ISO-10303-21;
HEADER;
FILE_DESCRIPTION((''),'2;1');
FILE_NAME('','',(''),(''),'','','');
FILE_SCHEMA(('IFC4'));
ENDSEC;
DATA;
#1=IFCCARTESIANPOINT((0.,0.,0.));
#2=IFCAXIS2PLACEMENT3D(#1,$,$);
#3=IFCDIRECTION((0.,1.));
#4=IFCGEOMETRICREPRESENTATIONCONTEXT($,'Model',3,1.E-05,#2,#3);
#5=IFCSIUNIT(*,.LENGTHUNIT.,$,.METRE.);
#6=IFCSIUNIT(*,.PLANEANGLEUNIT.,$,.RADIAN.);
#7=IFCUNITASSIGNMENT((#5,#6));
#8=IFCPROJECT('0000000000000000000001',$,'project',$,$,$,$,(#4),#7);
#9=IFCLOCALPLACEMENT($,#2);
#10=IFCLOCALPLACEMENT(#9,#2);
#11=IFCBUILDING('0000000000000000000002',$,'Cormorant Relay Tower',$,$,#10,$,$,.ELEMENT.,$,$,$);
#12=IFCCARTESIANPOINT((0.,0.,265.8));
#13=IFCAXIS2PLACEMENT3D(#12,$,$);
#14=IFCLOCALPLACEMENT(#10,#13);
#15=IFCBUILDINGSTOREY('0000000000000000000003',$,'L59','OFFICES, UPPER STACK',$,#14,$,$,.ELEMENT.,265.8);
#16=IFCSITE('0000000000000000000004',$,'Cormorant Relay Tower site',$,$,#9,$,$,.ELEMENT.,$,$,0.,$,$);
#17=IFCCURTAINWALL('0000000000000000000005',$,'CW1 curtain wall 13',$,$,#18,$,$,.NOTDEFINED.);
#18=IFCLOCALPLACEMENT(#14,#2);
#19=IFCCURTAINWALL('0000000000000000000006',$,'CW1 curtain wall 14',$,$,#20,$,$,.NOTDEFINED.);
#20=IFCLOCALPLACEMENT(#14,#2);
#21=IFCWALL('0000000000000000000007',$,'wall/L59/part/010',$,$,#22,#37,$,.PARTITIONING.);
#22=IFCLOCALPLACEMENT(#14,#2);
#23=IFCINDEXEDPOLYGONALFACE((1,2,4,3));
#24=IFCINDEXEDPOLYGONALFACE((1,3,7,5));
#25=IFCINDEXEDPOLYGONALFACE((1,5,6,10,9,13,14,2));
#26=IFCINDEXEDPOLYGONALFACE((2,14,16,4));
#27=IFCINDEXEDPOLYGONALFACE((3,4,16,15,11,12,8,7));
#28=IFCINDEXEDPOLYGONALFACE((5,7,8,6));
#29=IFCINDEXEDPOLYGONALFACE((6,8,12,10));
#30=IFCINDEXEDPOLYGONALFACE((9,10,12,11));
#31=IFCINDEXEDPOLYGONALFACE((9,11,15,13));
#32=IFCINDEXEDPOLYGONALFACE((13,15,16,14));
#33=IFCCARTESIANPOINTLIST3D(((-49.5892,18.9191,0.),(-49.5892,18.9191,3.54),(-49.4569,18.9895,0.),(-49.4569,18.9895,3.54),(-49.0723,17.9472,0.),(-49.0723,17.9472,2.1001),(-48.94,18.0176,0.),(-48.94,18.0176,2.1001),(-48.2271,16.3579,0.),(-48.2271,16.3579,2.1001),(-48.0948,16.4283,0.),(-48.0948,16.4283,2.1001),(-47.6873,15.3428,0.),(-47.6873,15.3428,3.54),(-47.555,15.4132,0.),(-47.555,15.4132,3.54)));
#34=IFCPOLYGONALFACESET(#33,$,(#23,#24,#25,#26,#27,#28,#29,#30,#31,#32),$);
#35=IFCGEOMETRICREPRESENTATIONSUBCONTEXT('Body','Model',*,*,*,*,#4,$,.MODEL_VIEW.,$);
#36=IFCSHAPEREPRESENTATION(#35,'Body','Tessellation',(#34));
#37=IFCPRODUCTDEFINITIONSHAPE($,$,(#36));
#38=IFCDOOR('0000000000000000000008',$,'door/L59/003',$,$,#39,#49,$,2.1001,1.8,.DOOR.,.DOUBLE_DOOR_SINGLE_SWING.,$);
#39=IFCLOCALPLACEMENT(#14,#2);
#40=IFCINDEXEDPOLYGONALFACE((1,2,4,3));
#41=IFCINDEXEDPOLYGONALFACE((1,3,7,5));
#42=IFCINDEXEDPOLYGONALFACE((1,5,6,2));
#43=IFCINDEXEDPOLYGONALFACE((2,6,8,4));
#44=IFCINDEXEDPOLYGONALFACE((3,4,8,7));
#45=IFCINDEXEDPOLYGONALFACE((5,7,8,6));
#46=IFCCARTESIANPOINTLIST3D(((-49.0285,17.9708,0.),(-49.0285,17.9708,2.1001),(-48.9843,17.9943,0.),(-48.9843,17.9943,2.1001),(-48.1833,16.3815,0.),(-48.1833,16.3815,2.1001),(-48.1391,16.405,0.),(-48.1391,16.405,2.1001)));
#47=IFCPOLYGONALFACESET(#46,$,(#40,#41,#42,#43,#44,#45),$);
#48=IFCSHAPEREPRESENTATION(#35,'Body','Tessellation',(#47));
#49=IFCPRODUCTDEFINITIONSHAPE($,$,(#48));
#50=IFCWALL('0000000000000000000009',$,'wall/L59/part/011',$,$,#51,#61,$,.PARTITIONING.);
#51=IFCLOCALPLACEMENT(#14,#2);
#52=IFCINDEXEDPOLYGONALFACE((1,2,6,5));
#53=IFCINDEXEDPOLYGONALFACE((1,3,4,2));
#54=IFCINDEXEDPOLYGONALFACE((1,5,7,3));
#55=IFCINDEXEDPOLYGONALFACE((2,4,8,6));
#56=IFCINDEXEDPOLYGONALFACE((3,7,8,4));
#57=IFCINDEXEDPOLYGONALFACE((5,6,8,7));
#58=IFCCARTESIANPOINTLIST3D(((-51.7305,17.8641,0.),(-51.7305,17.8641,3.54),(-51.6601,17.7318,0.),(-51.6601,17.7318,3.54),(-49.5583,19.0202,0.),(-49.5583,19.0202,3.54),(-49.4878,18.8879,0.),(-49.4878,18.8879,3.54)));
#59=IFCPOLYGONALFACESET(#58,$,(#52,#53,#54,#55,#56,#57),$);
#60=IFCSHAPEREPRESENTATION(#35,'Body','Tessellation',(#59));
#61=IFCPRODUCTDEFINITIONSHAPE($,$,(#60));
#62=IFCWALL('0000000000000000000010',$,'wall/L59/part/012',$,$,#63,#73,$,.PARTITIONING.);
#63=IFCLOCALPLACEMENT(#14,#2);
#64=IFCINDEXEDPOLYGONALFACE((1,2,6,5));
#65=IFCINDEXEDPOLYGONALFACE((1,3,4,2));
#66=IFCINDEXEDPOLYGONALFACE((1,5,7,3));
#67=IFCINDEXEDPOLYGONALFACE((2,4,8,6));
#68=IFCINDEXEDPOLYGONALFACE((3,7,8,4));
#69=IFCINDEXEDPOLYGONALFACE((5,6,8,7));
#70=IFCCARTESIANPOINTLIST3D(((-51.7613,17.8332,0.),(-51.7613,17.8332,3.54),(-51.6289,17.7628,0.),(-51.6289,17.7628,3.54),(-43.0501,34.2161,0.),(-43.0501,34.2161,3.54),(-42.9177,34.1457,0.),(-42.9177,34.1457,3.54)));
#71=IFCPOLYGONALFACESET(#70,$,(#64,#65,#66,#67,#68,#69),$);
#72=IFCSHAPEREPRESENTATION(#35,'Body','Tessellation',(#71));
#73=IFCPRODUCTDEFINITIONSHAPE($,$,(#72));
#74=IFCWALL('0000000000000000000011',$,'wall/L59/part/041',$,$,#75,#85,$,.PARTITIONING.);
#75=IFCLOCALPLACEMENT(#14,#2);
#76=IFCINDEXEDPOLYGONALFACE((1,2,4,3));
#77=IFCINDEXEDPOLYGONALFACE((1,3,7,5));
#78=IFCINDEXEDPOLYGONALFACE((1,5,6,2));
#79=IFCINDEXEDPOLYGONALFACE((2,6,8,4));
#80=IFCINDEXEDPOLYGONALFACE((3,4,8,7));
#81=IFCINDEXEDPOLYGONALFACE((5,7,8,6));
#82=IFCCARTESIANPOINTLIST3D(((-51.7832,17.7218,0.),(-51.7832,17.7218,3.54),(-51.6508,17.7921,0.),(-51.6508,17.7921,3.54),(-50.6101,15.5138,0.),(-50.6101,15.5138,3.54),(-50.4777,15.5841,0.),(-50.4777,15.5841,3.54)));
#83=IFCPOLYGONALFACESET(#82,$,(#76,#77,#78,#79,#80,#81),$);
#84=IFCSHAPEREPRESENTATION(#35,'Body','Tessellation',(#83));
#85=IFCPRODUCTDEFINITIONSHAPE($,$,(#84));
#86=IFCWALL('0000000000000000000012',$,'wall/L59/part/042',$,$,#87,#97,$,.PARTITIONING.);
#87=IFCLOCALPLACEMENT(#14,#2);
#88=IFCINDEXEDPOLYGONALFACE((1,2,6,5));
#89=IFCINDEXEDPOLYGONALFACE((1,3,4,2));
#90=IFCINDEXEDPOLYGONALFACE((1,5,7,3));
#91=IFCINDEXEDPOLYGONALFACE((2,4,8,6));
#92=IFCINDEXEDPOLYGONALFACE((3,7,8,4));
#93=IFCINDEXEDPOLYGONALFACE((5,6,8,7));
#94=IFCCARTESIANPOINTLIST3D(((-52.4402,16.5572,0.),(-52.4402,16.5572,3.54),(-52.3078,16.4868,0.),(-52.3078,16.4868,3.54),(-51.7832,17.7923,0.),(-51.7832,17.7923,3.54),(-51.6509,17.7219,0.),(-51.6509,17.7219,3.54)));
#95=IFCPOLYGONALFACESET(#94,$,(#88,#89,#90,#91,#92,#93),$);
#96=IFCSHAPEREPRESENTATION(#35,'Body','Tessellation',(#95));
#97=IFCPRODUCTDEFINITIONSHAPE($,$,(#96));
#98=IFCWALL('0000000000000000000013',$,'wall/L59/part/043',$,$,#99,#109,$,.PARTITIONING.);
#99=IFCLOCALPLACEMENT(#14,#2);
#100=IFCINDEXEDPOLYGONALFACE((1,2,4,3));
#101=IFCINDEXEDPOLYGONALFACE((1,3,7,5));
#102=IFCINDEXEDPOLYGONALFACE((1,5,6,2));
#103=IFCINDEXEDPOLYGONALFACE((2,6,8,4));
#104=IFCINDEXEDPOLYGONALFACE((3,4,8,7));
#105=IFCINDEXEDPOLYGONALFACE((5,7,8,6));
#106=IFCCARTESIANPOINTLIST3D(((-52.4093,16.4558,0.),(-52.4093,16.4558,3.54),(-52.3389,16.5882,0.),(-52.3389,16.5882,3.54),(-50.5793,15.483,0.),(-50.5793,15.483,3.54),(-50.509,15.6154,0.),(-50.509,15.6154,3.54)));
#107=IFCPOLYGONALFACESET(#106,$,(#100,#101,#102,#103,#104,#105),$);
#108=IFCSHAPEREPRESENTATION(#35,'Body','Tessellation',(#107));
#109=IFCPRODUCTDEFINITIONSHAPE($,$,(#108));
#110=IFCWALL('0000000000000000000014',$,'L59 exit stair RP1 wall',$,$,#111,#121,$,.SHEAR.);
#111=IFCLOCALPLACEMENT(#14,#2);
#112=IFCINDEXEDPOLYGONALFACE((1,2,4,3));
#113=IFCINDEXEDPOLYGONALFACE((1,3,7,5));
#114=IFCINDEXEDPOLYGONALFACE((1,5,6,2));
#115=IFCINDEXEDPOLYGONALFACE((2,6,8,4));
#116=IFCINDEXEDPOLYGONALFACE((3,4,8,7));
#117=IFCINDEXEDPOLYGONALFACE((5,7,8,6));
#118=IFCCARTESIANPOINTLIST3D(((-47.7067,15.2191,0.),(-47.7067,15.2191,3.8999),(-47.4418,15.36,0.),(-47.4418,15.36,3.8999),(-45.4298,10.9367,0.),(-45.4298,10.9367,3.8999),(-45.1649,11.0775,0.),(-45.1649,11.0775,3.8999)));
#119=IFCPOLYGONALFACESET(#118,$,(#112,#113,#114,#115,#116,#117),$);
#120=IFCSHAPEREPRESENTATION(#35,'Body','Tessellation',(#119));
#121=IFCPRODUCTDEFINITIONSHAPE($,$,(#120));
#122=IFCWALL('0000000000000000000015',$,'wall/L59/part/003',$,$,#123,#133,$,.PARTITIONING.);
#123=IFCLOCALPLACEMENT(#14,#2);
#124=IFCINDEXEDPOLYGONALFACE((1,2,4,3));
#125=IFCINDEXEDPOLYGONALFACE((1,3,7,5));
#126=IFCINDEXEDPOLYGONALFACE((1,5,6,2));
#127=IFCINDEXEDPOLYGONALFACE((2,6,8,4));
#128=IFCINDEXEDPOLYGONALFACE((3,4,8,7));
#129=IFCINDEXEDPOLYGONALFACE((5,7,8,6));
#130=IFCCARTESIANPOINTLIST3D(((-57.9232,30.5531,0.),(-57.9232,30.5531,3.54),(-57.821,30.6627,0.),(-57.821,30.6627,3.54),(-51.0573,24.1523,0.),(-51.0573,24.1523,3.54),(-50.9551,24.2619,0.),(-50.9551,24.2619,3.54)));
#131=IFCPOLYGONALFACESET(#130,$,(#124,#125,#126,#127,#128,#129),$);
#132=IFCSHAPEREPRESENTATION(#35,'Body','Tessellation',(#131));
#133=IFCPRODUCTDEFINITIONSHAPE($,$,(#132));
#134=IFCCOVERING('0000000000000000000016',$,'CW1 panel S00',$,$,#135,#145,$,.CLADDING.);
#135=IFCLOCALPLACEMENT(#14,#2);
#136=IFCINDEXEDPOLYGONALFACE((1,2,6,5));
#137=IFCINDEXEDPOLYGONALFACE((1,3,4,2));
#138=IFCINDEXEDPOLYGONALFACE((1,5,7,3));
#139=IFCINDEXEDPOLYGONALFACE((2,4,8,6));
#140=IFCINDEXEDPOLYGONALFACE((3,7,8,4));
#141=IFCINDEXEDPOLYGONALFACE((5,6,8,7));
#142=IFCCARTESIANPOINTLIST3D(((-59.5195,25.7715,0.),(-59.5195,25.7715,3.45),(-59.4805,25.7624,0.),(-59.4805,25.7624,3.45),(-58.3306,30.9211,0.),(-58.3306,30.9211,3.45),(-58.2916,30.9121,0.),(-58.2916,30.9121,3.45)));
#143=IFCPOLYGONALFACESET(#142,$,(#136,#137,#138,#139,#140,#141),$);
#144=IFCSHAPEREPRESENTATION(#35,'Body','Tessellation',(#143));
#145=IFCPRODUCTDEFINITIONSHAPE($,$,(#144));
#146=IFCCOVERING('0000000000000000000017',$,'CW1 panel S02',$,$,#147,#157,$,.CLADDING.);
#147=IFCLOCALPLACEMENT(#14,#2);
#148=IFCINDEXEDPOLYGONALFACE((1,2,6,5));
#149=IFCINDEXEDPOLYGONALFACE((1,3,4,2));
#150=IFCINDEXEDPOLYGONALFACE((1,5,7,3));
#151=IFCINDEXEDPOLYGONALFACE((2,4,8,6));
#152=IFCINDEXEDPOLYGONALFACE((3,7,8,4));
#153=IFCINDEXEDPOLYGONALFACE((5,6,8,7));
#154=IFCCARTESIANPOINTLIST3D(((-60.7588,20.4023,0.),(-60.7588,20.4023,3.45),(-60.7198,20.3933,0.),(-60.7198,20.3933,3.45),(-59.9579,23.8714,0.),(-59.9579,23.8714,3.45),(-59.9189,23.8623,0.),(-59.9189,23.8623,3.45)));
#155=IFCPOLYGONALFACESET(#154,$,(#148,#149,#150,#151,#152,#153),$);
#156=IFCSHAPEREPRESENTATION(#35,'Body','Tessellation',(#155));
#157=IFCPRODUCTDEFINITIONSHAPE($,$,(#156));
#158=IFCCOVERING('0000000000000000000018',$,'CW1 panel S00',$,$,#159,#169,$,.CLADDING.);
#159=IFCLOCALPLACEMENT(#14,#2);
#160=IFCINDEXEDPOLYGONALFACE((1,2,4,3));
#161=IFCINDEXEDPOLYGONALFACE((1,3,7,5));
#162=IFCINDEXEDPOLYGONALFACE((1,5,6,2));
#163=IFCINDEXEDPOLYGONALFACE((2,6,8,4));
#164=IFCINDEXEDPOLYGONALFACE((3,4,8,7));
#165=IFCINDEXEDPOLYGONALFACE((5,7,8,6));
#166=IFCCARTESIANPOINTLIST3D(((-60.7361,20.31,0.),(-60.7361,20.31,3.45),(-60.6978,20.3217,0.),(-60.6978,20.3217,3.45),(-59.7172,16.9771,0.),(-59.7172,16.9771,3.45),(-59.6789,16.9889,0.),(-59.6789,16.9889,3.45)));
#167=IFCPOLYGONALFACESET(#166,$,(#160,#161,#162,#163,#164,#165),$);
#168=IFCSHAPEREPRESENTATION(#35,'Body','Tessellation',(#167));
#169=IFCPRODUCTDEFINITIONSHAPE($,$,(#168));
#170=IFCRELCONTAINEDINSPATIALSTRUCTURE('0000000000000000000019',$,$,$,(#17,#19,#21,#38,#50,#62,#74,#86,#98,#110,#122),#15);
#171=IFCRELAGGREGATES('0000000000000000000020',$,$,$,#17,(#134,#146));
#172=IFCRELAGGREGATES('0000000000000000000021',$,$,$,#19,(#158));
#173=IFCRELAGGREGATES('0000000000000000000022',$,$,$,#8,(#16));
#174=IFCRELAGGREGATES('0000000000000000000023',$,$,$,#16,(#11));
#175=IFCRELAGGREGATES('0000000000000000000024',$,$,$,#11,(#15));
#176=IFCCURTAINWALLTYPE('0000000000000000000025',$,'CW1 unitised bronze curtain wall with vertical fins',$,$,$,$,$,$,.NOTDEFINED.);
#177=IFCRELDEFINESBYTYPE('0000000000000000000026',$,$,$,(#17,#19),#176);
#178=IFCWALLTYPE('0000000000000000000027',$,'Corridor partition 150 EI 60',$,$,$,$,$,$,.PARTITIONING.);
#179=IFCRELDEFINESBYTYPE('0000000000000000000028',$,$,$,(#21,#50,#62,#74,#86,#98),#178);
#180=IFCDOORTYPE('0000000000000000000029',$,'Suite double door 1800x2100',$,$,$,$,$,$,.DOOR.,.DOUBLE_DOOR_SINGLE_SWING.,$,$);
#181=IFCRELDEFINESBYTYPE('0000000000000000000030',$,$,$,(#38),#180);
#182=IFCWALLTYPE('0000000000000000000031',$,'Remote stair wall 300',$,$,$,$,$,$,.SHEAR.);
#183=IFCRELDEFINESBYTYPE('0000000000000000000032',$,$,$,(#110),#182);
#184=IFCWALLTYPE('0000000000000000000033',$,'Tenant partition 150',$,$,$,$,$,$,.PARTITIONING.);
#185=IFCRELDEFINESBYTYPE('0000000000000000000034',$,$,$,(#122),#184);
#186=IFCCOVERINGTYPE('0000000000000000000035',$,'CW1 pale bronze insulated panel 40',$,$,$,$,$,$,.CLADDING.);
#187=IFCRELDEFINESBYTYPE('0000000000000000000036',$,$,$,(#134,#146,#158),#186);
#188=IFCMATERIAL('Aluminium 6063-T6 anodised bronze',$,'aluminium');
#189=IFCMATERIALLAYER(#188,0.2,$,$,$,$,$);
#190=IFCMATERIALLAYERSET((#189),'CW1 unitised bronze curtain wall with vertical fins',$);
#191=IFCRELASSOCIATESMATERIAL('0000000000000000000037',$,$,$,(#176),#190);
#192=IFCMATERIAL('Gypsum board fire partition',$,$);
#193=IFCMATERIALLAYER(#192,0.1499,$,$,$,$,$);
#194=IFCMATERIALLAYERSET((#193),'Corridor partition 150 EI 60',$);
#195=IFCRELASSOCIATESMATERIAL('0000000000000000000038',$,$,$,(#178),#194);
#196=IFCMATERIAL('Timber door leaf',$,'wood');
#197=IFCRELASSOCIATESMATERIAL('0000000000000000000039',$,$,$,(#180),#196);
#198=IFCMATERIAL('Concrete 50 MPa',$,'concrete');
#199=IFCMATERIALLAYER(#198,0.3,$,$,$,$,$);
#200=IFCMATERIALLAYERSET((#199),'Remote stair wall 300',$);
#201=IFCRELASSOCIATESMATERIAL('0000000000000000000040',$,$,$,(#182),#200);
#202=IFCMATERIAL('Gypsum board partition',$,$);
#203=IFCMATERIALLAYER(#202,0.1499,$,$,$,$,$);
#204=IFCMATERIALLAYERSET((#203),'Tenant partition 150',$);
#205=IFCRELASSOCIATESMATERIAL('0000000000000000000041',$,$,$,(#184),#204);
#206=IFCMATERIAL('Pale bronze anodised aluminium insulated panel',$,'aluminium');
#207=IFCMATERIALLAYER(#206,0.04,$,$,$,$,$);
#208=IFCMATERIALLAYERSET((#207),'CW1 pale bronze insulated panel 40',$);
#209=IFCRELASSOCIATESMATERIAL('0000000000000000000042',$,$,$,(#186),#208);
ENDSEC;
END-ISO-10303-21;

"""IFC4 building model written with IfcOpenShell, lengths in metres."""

from ifc_helpers import new_model, si_unit, direction, frame, frame_2d, origin, origin_2d, place, context, subcontext, project, spatial, rectangle, extrude, material, layer, layer_set, type_object, element, fill, aggregate, save


model = new_model("IFC4")

# Units and contexts
model_context = context("Model", 3, precision=1e-05, world=origin(), true_north=direction((0.0, 1.0)))
body_context = subcontext(model_context, "Body", "Model", "MODEL_VIEW")
ifc_project = project(units=[si_unit("LENGTHUNIT", "METRE"), si_unit("PLANEANGLEUNIT", "RADIAN")], contexts=[model_context])

# Site, building, storey
site_placement = place(None, origin())
site = spatial("IfcSite", under=ifc_project, at=site_placement, Name="Cormorant Relay Tower site", CompositionType="ELEMENT", RefElevation=0.0)
building_placement = place(site_placement, origin())
building = spatial("IfcBuilding", under=site, at=building_placement, Name="Cormorant Relay Tower", CompositionType="ELEMENT")
storey_placement = place(building_placement, frame((0.0, 0.0, 265.8)))
storey = spatial("IfcBuildingStorey", under=building, at=storey_placement, Name="L59", Description="OFFICES, UPPER STACK", CompositionType="ELEMENT", Elevation=265.8)

# Curtain wall
ifc_material_1 = material(Name="Aluminium 6063-T6 anodised bronze", Category="aluminium")
ifc_layer_1 = layer(ifc_material_1, 0.2)
ifc_layer_set_1 = layer_set([ifc_layer_1], Name="CW1 unitised bronze curtain wall with vertical fins")
curtain_wall_type = type_object("IfcCurtainWallType", Name="CW1 unitised bronze curtain wall with vertical fins", PredefinedType="NOTDEFINED", material=ifc_layer_set_1)
curtain_wall_1_placement = place(storey_placement, origin())
curtain_wall_1 = element("IfcCurtainWall", 1, at=curtain_wall_1_placement, inside=storey, type_object=curtain_wall_type, Name="CW1 curtain wall 13", PredefinedType="NOTDEFINED")

# Curtain wall
curtain_wall_2_placement = place(storey_placement, origin())
curtain_wall_2 = element("IfcCurtainWall", 2, at=curtain_wall_2_placement, inside=storey, type_object=curtain_wall_type, Name="CW1 curtain wall 14", PredefinedType="NOTDEFINED")

# Shared definitions
ifc_material_2 = material(Name="Gypsum board fire partition")
ifc_layer_2 = layer(ifc_material_2, 0.1499)
ifc_layer_set_2 = layer_set([ifc_layer_2], Name="Corridor partition 150 EI 60")
wall_type_1 = type_object("IfcWallType", Name="Corridor partition 150 EI 60", PredefinedType="PARTITIONING", material=ifc_layer_set_2)

# Wall, opening, door
wall_1_placement = place(storey_placement, frame((-47.6211, 15.3779, 0.0), z_axis=(0.0, 0.0, 1.0), x_axis=(-0.469543, 0.88291, 0.0)))
wall_1 = element("IfcWall", 3, at=wall_1_placement, inside=storey, type_object=wall_type_1, Name="wall/L59/part/010", PredefinedType="PARTITIONING", context=body_context, shape_type="SweptSolid", body=[
    extrude(rectangle(XDim=4.0505, YDim=0.1499, at=frame_2d((2.0254, 0.0))), origin(), (0.0, 0.0, 1.0), 3.54),
])
opening_1_placement = place(wall_1_placement, frame((1.1499, 0.0, 0.0)))
opening_1 = element("IfcOpeningElement", 4, at=opening_1_placement, cuts=wall_1, PredefinedType="OPENING", context=body_context, shape_type="SweptSolid", body=[
    extrude(rectangle(XDim=1.8, YDim=2.1001, at=frame_2d((0.8999, 1.05))), frame((0.0, 0.085, 0.0), z_axis=(0.0, -1.0, 0.0), x_axis=(1.0, 0.0, 0.0)), (0.0, 0.0, 1.0), 0.1699),
])
ifc_material_3 = material(Name="Timber door leaf", Category="wood")
door_type_1 = type_object("IfcDoorType", Name="Suite double door 1800x2100", OperationType="DOUBLE_DOOR_SINGLE_SWING", PredefinedType="DOOR", material=ifc_material_3)
door_1_placement = place(opening_1_placement, frame((1.8, 0.0, 0.0), z_axis=(0.0, 0.0, 1.0), x_axis=(-1.0, 0.0, 0.0)))
door_1 = element("IfcDoor", 5, at=door_1_placement, inside=storey, type_object=door_type_1, Name="door/L59/003", OperationType="DOUBLE_DOOR_SINGLE_SWING", OverallHeight=2.1001, OverallWidth=1.8, PredefinedType="DOOR", context=body_context, shape_type="SweptSolid", body=[
    extrude(rectangle(XDim=1.8, YDim=2.1001, at=frame_2d((0.8999, 1.05))), frame((0.0, 0.0249, 0.0), z_axis=(0.0, -1.0, 0.0), x_axis=(1.0, 0.0, 0.0)), (0.0, 0.0, 1.0), 0.05),
])
fill(opening_1, door_1)

# Walls
wall_2_placement = place(storey_placement, frame((-49.5229, 18.9541, 0.0), z_axis=(0.0, 0.0, 1.0), x_axis=(-0.882767, -0.46981, 0.0)))
element("IfcWall", 6, at=wall_2_placement, inside=storey, type_object=wall_type_1, Name="wall/L59/part/011", PredefinedType="PARTITIONING", context=body_context, shape_type="SweptSolid", body=[
    extrude(rectangle(XDim=2.4607, YDim=0.1499, at=frame_2d((1.2305, 0.0))), origin(), (0.0, 0.0, 1.0), 3.54),
])
wall_3_placement = place(storey_placement, frame((-51.6951, 17.7981, 0.0), z_axis=(0.0, 0.0, 1.0), x_axis=(0.469484, 0.882941, 0.0)))
element("IfcWall", 7, at=wall_3_placement, inside=storey, type_object=wall_type_1, Name="wall/L59/part/012", PredefinedType="PARTITIONING", context=body_context, shape_type="SweptSolid", body=[
    extrude(rectangle(XDim=18.5549, YDim=0.1499, at=frame_2d((9.2773, 0.0))), origin(), (0.0, 0.0, 1.0), 3.54),
])
wall_4_placement = place(storey_placement, frame((-50.5439, 15.5491, 0.0), z_axis=(0.0, 0.0, 1.0), x_axis=(-0.469184, 0.883101, 0.0)))
element("IfcWall", 8, at=wall_4_placement, inside=storey, type_object=wall_type_1, Name="wall/L59/part/041", PredefinedType="PARTITIONING", context=body_context, shape_type="SweptSolid", body=[
    extrude(rectangle(XDim=2.5002, YDim=0.1499, at=frame_2d((1.25, 0.0))), origin(), (0.0, 0.0, 1.0), 3.54),
])
wall_5_placement = place(storey_placement, frame((-51.717, 17.7571, 0.0), z_axis=(0.0, 0.0, 1.0), x_axis=(-0.469619, -0.882869, 0.0)))
element("IfcWall", 9, at=wall_5_placement, inside=storey, type_object=wall_type_1, Name="wall/L59/part/042", PredefinedType="PARTITIONING", context=body_context, shape_type="SweptSolid", body=[
    extrude(rectangle(XDim=1.3989, YDim=0.1499, at=frame_2d((0.6995, 0.0))), origin(), (0.0, 0.0, 1.0), 3.54),
])
wall_6_placement = place(storey_placement, frame((-52.374, 16.522, 0.0), z_axis=(0.0, 0.0, 1.0), x_axis=(0.882981, -0.469408, 0.0)))
element("IfcWall", 10, at=wall_6_placement, inside=storey, type_object=wall_type_1, Name="wall/L59/part/043", PredefinedType="PARTITIONING", context=body_context, shape_type="SweptSolid", body=[
    extrude(rectangle(XDim=2.0725, YDim=0.1499, at=frame_2d((1.0361, 0.0))), origin(), (0.0, 0.0, 1.0), 3.54),
])
ifc_material_4 = material(Name="Concrete 50 MPa", Category="concrete")
ifc_layer_3 = layer(ifc_material_4, 0.3)
ifc_layer_set_3 = layer_set([ifc_layer_3], Name="Remote stair wall 300")
wall_type_2 = type_object("IfcWallType", Name="Remote stair wall 300", PredefinedType="SHEAR", material=ifc_layer_set_3)
wall_7_placement = place(storey_placement, frame((-47.5742, 15.2896, 0.0), z_axis=(0.0, 0.0, 1.0), x_axis=(0.469443, -0.882963, 0.0)))
element("IfcWall", 11, at=wall_7_placement, inside=storey, type_object=wall_type_2, Name="L59 exit stair RP1 wall", PredefinedType="SHEAR", context=body_context, shape_type="SweptSolid", body=[
    extrude(rectangle(XDim=4.8501, YDim=0.3, at=frame_2d((2.425, 0.0))), origin(), (0.0, 0.0, 1.0), 3.8999),
])
ifc_material_5 = material(Name="Gypsum board partition")
ifc_layer_4 = layer(ifc_material_5, 0.1499)
ifc_layer_set_4 = layer_set([ifc_layer_4], Name="Tenant partition 150")
wall_type_3 = type_object("IfcWallType", Name="Tenant partition 150", PredefinedType="PARTITIONING", material=ifc_layer_set_4)
wall_8_placement = place(storey_placement, frame((-57.8721, 30.6079, 0.0), z_axis=(0.0, 0.0, 1.0), x_axis=(0.731446, -0.681899, 0.0)))
element("IfcWall", 12, at=wall_8_placement, inside=storey, type_object=wall_type_3, Name="wall/L59/part/003", PredefinedType="PARTITIONING", context=body_context, shape_type="SweptSolid", body=[
    extrude(rectangle(XDim=9.3867, YDim=0.1499, at=frame_2d((4.6934, 0.0))), origin(), (0.0, 0.0, 1.0), 3.54),
])

# Coverings
ifc_material_6 = material(Name="Pale bronze anodised aluminium insulated panel", Category="aluminium")
ifc_layer_5 = layer(ifc_material_6, 0.04)
ifc_layer_set_5 = layer_set([ifc_layer_5], Name="CW1 pale bronze insulated panel 40")
covering_type = type_object("IfcCoveringType", Name="CW1 pale bronze insulated panel 40", PredefinedType="CLADDING", material=ifc_layer_set_5)
covering_1_placement = place(storey_placement, frame((-58.9055, 28.3418, 0.0), z_axis=(0.0, 0.0, 1.0), x_axis=(-0.224951, -0.97437, 0.0)))
covering_1 = element("IfcCovering", 13, at=covering_1_placement, type_object=covering_type, Name="CW1 panel S00", PredefinedType="CLADDING", context=body_context, shape_type="SweptSolid", body=[
    extrude(rectangle(XDim=5.2852, YDim=0.04, at=origin_2d()), origin(), (0.0, 0.0, 1.0), 3.45),
])
covering_2_placement = place(storey_placement, frame((-60.3389, 22.1323, 0.0), z_axis=(0.0, 0.0, 1.0), x_axis=(-0.224951, -0.97437, 0.0)))
covering_2 = element("IfcCovering", 14, at=covering_2_placement, type_object=covering_type, Name="CW1 panel S02", PredefinedType="CLADDING", context=body_context, shape_type="SweptSolid", body=[
    extrude(rectangle(XDim=3.5603, YDim=0.04, at=origin_2d()), origin(), (0.0, 0.0, 1.0), 3.45),
])
aggregate(curtain_wall_1, [covering_1, covering_2])
covering_3_placement = place(storey_placement, frame((-60.2075, 18.6494, 0.0), z_axis=(0.0, 0.0, 1.0), x_axis=(0.292372, -0.956305, 0.0)))
covering_3 = element("IfcCovering", 15, at=covering_3_placement, type_object=covering_type, Name="CW1 panel S00", PredefinedType="CLADDING", context=body_context, shape_type="SweptSolid", body=[
    extrude(rectangle(XDim=3.4851, YDim=0.04, at=origin_2d()), origin(), (0.0, 0.0, 1.0), 3.45),
])
aggregate(curtain_wall_2, [covering_3])

save(model, "model.ifc")
